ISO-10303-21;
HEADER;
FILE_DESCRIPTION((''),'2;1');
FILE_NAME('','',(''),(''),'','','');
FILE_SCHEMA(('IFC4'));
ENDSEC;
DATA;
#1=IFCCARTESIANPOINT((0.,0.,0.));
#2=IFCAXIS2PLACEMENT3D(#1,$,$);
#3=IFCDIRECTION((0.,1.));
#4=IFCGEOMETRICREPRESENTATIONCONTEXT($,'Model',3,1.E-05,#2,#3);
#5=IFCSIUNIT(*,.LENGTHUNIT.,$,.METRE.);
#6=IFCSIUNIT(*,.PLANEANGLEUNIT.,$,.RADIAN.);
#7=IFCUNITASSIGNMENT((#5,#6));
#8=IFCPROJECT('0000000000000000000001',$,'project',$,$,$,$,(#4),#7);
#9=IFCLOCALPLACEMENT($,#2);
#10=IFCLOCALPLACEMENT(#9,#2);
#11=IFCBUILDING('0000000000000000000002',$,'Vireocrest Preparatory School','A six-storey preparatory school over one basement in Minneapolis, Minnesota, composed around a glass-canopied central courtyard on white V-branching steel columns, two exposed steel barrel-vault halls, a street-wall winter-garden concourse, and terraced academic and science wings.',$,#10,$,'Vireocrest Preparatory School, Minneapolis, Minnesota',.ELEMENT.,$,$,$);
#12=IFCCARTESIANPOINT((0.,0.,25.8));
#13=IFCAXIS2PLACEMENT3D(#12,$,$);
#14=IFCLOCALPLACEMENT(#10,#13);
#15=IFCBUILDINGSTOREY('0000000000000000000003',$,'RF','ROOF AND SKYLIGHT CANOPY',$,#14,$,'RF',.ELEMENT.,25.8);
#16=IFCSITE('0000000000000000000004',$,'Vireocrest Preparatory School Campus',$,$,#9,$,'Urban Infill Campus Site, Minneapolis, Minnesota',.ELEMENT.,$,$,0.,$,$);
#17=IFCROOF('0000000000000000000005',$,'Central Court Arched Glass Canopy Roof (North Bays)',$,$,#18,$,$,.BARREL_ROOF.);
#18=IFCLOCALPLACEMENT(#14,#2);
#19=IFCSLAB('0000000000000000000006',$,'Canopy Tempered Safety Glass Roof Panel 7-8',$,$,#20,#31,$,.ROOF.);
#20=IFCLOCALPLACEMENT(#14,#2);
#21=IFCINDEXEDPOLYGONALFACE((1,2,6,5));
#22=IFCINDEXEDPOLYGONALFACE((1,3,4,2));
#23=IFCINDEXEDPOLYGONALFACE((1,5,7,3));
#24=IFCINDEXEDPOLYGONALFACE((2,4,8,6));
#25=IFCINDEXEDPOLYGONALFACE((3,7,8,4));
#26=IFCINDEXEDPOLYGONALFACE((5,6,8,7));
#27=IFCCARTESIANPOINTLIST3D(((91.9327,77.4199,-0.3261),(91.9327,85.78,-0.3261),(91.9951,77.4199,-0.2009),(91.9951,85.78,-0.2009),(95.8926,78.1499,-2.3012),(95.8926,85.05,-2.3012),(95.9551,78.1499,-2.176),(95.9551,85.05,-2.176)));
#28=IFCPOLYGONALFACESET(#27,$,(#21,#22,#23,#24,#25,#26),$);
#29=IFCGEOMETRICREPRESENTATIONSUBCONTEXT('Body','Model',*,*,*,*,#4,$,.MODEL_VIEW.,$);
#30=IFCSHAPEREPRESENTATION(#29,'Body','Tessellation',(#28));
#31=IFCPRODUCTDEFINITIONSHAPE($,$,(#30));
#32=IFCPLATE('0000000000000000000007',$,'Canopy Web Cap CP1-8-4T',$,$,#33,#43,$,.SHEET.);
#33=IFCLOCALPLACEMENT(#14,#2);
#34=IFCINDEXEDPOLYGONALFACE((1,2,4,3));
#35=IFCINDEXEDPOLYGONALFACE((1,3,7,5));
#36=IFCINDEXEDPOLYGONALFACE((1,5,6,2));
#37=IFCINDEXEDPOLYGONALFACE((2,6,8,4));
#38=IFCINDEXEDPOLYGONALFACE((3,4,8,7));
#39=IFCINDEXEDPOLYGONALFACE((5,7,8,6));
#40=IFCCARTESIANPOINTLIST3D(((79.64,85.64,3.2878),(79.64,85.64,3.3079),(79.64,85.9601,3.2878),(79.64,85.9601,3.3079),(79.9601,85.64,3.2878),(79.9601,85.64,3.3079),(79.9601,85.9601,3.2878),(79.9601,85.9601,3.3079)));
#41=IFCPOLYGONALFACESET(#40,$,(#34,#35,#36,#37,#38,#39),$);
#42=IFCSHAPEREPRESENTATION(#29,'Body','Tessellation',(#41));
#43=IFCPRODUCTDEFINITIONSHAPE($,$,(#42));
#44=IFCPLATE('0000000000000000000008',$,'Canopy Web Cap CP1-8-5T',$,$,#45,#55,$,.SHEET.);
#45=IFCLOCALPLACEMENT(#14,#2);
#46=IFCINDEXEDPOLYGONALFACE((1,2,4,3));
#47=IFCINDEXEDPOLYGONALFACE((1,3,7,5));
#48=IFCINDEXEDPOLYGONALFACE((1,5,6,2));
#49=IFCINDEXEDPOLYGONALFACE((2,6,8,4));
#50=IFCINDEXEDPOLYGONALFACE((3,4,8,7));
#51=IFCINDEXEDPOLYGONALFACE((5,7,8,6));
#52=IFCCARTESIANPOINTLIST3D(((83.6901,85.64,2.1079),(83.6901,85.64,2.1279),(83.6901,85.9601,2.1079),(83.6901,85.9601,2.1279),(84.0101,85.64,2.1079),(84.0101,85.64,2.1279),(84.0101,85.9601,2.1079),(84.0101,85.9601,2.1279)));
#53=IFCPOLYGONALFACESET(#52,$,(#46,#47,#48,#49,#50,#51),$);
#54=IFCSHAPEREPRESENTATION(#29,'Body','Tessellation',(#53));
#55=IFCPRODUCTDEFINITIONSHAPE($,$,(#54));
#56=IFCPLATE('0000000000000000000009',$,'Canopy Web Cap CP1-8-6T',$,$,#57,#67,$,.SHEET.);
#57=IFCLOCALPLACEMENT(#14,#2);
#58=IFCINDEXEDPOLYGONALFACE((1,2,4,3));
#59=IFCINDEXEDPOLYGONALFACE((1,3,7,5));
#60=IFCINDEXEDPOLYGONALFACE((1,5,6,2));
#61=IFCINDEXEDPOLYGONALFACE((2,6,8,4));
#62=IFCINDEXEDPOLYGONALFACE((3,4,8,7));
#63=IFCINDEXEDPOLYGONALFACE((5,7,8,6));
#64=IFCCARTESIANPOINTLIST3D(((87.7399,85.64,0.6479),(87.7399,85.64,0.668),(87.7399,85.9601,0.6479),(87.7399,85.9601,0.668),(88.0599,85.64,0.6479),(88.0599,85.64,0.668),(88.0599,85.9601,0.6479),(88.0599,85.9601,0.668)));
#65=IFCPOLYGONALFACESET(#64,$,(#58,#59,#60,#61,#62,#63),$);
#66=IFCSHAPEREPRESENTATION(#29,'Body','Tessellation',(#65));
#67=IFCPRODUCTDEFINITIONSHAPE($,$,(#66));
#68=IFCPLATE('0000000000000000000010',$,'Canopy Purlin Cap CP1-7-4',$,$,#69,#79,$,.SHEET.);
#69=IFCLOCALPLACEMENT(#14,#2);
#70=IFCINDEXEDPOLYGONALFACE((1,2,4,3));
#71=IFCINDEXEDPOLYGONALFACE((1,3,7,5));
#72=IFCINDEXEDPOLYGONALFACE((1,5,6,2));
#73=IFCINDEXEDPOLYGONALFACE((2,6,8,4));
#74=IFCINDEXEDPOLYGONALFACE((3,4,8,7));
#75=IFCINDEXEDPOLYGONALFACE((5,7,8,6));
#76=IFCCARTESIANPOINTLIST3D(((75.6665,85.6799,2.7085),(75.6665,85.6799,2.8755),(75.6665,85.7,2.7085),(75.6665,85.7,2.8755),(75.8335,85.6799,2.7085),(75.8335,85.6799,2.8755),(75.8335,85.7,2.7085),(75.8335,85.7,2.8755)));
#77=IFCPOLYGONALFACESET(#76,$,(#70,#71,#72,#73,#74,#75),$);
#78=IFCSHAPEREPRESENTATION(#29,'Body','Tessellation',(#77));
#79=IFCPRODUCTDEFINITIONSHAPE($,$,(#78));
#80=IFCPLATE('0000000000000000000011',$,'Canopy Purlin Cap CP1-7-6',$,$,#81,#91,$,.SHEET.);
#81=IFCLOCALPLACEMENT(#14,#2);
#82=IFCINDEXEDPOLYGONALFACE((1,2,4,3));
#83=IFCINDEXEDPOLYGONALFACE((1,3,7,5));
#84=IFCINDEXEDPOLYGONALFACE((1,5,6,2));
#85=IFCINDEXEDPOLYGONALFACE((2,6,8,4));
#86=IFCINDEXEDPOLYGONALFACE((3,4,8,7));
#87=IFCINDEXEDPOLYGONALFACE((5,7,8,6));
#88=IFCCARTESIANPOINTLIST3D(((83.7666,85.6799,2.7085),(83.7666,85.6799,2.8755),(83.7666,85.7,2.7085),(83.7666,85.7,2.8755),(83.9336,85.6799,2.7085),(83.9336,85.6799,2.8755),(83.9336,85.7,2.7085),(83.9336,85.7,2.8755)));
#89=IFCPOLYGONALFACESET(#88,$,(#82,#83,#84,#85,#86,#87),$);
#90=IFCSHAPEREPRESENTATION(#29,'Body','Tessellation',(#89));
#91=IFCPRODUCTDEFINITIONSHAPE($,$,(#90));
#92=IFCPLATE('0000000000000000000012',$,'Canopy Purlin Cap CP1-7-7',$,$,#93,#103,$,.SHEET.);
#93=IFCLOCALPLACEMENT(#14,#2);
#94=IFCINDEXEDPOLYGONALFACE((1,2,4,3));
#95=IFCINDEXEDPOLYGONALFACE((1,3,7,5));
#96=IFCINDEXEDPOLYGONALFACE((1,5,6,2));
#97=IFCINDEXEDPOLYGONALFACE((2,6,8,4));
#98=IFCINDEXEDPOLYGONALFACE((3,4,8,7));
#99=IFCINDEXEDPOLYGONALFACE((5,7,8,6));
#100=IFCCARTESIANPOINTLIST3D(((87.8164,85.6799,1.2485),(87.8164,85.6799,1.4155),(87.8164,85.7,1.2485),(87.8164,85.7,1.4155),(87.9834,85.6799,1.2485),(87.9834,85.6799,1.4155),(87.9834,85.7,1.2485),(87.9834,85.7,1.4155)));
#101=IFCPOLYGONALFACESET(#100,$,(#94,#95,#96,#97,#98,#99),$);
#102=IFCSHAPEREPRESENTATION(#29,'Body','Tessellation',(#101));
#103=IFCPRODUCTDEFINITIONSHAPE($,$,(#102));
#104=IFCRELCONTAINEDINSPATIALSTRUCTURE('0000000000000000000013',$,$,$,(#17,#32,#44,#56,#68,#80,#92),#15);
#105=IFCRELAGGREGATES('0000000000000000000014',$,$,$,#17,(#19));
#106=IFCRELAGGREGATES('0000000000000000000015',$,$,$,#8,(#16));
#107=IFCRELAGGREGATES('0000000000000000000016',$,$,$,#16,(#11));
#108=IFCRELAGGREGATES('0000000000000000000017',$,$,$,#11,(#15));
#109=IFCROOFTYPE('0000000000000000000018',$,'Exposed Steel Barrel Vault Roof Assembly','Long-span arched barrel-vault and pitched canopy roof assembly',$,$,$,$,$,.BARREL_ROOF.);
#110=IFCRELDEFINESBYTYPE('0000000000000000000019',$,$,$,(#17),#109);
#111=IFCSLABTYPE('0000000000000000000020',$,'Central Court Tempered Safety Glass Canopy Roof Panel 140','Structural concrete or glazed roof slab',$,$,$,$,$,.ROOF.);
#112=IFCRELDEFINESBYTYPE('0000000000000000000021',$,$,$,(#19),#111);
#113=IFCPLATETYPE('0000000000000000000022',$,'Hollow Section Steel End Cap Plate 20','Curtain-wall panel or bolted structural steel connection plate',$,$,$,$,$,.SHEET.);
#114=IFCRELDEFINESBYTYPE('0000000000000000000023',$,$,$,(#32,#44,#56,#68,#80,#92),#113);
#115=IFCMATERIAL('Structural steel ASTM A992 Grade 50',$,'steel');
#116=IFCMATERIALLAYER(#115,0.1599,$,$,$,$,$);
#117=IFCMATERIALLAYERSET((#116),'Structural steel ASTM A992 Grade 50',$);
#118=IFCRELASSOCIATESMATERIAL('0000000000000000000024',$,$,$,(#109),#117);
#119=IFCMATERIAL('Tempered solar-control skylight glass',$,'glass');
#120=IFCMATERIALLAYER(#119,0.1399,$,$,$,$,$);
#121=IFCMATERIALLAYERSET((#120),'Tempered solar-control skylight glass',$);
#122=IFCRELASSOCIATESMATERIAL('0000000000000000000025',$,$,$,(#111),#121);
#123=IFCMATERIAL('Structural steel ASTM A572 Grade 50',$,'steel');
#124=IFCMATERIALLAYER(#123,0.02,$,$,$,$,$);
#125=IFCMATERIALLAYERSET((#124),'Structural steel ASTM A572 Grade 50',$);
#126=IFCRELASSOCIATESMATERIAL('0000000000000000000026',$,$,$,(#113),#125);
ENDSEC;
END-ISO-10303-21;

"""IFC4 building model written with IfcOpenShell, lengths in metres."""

from ifc_helpers import new_model, si_unit, direction, frame, origin, origin_2d, place, context, subcontext, project, spatial, polyline, rectangle, outline, extrude, material, layer, layer_set, type_object, element, aggregate, save


model = new_model("IFC4")

# Units and contexts
model_context = context("Model", 3, precision=1e-05, world=origin(), true_north=direction((0.0, 1.0)))
body_context = subcontext(model_context, "Body", "Model", "MODEL_VIEW")
ifc_project = project(units=[si_unit("LENGTHUNIT", "METRE"), si_unit("PLANEANGLEUNIT", "RADIAN")], contexts=[model_context])

# Site, building, storey
site_placement = place(None, origin())
site = spatial("IfcSite", under=ifc_project, at=site_placement, Name="Vireocrest Preparatory School Campus", LongName="Urban Infill Campus Site, Minneapolis, Minnesota", CompositionType="ELEMENT", RefElevation=0.0)
building_placement = place(site_placement, origin())
building = spatial("IfcBuilding", under=site, at=building_placement, Name="Vireocrest Preparatory School", Description="A six-storey preparatory school over one basement in Minneapolis, Minnesota, composed around a glass-canopied central courtyard on white V-branching steel columns, two exposed steel barrel-vault halls, a street-wall winter-garden concourse, and terraced academic and science wings.", LongName="Vireocrest Preparatory School, Minneapolis, Minnesota", CompositionType="ELEMENT")
storey_placement = place(building_placement, frame((0.0, 0.0, 25.8)))
storey = spatial("IfcBuildingStorey", under=building, at=storey_placement, Name="RF", Description="ROOF AND SKYLIGHT CANOPY", LongName="RF", CompositionType="ELEMENT", Elevation=25.8)

# Shared definitions
ifc_material_1 = material(Name="Structural steel ASTM A992 Grade 50", Category="steel")

# Roof, slab
ifc_layer_1 = layer(ifc_material_1, 0.1599)
ifc_layer_set_1 = layer_set([ifc_layer_1], Name="Structural steel ASTM A992 Grade 50")
roof_type = type_object("IfcRoofType", Name="Exposed Steel Barrel Vault Roof Assembly", Description="Long-span arched barrel-vault and pitched canopy roof assembly", PredefinedType="BARREL_ROOF", material=ifc_layer_set_1)
roof_placement = place(storey_placement, origin())
roof = element("IfcRoof", 1, at=roof_placement, inside=storey, type_object=roof_type, Name="Central Court Arched Glass Canopy Roof (North Bays)", PredefinedType="BARREL_ROOF")
ifc_material_2 = material(Name="Tempered solar-control skylight glass", Category="glass")
ifc_layer_2 = layer(ifc_material_2, 0.1399)
ifc_layer_set_2 = layer_set([ifc_layer_2], Name="Tempered solar-control skylight glass")
slab_type = type_object("IfcSlabType", Name="Central Court Tempered Safety Glass Canopy Roof Panel 140", Description="Structural concrete or glazed roof slab", PredefinedType="ROOF", material=ifc_layer_set_2)
slab_1_placement = place(storey_placement, frame((91.9951, 77.4199, -0.2009), z_axis=(0.446331, 0.0, 0.894868), x_axis=(0.882936, 0.162761, -0.440379)))
slab_1 = element("IfcSlab", 2, at=slab_1_placement, type_object=slab_type, Name="Canopy Tempered Safety Glass Roof Panel 7-8", PredefinedType="ROOF", context=body_context, shape_type="SweptSolid", body=[
    extrude(outline(polyline([(0.0, 0.0), (4.485, 0.0), (5.6081, 6.8081), (1.3607, 8.2486), (0.0, 0.0)])), origin(), (0.0, 0.0, -1.0), 0.1399),
])
aggregate(roof, [slab_1])

# Plates
ifc_material_3 = material(Name="Structural steel ASTM A572 Grade 50", Category="steel")
ifc_layer_3 = layer(ifc_material_3, 0.02)
ifc_layer_set_3 = layer_set([ifc_layer_3], Name="Structural steel ASTM A572 Grade 50")
plate_type = type_object("IfcPlateType", Name="Hollow Section Steel End Cap Plate 20", Description="Curtain-wall panel or bolted structural steel connection plate", PredefinedType="SHEET", material=ifc_layer_set_3)
for number, where, z_axis, x_axis, name in (
    (3, (79.8, 85.8, 3.2878), (0.0, 0.0, 1.0), (1.0, 0.0, 0.0), "Canopy Web Cap CP1-8-4T"),
    (4, (83.8501, 85.8, 2.1079), (0.0, 0.0, 1.0), (1.0, 0.0, 0.0), "Canopy Web Cap CP1-8-5T"),
    (5, (87.8999, 85.8, 0.6479), (0.0, 0.0, 1.0), (1.0, 0.0, 0.0), "Canopy Web Cap CP1-8-6T"),
):
    element("IfcPlate", number, at=place(storey_placement, frame(where, z_axis=z_axis, x_axis=x_axis)), inside=storey, type_object=plate_type, Name=name, PredefinedType="SHEET", context=body_context, shape_type="SweptSolid", body=[
        extrude(rectangle(XDim=0.3201, YDim=0.3201, at=origin_2d()), origin(), (0.0, 0.0, 1.0), 0.02),
    ])
for number, where, z_axis, x_axis, name in (
    (6, (75.75, 85.6899, 2.7085), (0.0, 0.0, 1.0), (1.0, 0.0, 0.0), "Canopy Purlin Cap CP1-7-4"),
    (7, (83.8501, 85.6899, 2.7085), (0.0, 0.0, 1.0), (1.0, 0.0, 0.0), "Canopy Purlin Cap CP1-7-6"),
    (8, (87.8999, 85.6899, 1.2485), (0.0, 0.0, 1.0), (1.0, 0.0, 0.0), "Canopy Purlin Cap CP1-7-7"),
):
    element("IfcPlate", number, at=place(storey_placement, frame(where, z_axis=z_axis, x_axis=x_axis)), inside=storey, type_object=plate_type, Name=name, PredefinedType="SHEET", context=body_context, shape_type="SweptSolid", body=[
        extrude(rectangle(XDim=0.167, YDim=0.02, at=origin_2d()), origin(), (0.0, 0.0, 1.0), 0.167),
    ])

save(model, "model.ifc")
